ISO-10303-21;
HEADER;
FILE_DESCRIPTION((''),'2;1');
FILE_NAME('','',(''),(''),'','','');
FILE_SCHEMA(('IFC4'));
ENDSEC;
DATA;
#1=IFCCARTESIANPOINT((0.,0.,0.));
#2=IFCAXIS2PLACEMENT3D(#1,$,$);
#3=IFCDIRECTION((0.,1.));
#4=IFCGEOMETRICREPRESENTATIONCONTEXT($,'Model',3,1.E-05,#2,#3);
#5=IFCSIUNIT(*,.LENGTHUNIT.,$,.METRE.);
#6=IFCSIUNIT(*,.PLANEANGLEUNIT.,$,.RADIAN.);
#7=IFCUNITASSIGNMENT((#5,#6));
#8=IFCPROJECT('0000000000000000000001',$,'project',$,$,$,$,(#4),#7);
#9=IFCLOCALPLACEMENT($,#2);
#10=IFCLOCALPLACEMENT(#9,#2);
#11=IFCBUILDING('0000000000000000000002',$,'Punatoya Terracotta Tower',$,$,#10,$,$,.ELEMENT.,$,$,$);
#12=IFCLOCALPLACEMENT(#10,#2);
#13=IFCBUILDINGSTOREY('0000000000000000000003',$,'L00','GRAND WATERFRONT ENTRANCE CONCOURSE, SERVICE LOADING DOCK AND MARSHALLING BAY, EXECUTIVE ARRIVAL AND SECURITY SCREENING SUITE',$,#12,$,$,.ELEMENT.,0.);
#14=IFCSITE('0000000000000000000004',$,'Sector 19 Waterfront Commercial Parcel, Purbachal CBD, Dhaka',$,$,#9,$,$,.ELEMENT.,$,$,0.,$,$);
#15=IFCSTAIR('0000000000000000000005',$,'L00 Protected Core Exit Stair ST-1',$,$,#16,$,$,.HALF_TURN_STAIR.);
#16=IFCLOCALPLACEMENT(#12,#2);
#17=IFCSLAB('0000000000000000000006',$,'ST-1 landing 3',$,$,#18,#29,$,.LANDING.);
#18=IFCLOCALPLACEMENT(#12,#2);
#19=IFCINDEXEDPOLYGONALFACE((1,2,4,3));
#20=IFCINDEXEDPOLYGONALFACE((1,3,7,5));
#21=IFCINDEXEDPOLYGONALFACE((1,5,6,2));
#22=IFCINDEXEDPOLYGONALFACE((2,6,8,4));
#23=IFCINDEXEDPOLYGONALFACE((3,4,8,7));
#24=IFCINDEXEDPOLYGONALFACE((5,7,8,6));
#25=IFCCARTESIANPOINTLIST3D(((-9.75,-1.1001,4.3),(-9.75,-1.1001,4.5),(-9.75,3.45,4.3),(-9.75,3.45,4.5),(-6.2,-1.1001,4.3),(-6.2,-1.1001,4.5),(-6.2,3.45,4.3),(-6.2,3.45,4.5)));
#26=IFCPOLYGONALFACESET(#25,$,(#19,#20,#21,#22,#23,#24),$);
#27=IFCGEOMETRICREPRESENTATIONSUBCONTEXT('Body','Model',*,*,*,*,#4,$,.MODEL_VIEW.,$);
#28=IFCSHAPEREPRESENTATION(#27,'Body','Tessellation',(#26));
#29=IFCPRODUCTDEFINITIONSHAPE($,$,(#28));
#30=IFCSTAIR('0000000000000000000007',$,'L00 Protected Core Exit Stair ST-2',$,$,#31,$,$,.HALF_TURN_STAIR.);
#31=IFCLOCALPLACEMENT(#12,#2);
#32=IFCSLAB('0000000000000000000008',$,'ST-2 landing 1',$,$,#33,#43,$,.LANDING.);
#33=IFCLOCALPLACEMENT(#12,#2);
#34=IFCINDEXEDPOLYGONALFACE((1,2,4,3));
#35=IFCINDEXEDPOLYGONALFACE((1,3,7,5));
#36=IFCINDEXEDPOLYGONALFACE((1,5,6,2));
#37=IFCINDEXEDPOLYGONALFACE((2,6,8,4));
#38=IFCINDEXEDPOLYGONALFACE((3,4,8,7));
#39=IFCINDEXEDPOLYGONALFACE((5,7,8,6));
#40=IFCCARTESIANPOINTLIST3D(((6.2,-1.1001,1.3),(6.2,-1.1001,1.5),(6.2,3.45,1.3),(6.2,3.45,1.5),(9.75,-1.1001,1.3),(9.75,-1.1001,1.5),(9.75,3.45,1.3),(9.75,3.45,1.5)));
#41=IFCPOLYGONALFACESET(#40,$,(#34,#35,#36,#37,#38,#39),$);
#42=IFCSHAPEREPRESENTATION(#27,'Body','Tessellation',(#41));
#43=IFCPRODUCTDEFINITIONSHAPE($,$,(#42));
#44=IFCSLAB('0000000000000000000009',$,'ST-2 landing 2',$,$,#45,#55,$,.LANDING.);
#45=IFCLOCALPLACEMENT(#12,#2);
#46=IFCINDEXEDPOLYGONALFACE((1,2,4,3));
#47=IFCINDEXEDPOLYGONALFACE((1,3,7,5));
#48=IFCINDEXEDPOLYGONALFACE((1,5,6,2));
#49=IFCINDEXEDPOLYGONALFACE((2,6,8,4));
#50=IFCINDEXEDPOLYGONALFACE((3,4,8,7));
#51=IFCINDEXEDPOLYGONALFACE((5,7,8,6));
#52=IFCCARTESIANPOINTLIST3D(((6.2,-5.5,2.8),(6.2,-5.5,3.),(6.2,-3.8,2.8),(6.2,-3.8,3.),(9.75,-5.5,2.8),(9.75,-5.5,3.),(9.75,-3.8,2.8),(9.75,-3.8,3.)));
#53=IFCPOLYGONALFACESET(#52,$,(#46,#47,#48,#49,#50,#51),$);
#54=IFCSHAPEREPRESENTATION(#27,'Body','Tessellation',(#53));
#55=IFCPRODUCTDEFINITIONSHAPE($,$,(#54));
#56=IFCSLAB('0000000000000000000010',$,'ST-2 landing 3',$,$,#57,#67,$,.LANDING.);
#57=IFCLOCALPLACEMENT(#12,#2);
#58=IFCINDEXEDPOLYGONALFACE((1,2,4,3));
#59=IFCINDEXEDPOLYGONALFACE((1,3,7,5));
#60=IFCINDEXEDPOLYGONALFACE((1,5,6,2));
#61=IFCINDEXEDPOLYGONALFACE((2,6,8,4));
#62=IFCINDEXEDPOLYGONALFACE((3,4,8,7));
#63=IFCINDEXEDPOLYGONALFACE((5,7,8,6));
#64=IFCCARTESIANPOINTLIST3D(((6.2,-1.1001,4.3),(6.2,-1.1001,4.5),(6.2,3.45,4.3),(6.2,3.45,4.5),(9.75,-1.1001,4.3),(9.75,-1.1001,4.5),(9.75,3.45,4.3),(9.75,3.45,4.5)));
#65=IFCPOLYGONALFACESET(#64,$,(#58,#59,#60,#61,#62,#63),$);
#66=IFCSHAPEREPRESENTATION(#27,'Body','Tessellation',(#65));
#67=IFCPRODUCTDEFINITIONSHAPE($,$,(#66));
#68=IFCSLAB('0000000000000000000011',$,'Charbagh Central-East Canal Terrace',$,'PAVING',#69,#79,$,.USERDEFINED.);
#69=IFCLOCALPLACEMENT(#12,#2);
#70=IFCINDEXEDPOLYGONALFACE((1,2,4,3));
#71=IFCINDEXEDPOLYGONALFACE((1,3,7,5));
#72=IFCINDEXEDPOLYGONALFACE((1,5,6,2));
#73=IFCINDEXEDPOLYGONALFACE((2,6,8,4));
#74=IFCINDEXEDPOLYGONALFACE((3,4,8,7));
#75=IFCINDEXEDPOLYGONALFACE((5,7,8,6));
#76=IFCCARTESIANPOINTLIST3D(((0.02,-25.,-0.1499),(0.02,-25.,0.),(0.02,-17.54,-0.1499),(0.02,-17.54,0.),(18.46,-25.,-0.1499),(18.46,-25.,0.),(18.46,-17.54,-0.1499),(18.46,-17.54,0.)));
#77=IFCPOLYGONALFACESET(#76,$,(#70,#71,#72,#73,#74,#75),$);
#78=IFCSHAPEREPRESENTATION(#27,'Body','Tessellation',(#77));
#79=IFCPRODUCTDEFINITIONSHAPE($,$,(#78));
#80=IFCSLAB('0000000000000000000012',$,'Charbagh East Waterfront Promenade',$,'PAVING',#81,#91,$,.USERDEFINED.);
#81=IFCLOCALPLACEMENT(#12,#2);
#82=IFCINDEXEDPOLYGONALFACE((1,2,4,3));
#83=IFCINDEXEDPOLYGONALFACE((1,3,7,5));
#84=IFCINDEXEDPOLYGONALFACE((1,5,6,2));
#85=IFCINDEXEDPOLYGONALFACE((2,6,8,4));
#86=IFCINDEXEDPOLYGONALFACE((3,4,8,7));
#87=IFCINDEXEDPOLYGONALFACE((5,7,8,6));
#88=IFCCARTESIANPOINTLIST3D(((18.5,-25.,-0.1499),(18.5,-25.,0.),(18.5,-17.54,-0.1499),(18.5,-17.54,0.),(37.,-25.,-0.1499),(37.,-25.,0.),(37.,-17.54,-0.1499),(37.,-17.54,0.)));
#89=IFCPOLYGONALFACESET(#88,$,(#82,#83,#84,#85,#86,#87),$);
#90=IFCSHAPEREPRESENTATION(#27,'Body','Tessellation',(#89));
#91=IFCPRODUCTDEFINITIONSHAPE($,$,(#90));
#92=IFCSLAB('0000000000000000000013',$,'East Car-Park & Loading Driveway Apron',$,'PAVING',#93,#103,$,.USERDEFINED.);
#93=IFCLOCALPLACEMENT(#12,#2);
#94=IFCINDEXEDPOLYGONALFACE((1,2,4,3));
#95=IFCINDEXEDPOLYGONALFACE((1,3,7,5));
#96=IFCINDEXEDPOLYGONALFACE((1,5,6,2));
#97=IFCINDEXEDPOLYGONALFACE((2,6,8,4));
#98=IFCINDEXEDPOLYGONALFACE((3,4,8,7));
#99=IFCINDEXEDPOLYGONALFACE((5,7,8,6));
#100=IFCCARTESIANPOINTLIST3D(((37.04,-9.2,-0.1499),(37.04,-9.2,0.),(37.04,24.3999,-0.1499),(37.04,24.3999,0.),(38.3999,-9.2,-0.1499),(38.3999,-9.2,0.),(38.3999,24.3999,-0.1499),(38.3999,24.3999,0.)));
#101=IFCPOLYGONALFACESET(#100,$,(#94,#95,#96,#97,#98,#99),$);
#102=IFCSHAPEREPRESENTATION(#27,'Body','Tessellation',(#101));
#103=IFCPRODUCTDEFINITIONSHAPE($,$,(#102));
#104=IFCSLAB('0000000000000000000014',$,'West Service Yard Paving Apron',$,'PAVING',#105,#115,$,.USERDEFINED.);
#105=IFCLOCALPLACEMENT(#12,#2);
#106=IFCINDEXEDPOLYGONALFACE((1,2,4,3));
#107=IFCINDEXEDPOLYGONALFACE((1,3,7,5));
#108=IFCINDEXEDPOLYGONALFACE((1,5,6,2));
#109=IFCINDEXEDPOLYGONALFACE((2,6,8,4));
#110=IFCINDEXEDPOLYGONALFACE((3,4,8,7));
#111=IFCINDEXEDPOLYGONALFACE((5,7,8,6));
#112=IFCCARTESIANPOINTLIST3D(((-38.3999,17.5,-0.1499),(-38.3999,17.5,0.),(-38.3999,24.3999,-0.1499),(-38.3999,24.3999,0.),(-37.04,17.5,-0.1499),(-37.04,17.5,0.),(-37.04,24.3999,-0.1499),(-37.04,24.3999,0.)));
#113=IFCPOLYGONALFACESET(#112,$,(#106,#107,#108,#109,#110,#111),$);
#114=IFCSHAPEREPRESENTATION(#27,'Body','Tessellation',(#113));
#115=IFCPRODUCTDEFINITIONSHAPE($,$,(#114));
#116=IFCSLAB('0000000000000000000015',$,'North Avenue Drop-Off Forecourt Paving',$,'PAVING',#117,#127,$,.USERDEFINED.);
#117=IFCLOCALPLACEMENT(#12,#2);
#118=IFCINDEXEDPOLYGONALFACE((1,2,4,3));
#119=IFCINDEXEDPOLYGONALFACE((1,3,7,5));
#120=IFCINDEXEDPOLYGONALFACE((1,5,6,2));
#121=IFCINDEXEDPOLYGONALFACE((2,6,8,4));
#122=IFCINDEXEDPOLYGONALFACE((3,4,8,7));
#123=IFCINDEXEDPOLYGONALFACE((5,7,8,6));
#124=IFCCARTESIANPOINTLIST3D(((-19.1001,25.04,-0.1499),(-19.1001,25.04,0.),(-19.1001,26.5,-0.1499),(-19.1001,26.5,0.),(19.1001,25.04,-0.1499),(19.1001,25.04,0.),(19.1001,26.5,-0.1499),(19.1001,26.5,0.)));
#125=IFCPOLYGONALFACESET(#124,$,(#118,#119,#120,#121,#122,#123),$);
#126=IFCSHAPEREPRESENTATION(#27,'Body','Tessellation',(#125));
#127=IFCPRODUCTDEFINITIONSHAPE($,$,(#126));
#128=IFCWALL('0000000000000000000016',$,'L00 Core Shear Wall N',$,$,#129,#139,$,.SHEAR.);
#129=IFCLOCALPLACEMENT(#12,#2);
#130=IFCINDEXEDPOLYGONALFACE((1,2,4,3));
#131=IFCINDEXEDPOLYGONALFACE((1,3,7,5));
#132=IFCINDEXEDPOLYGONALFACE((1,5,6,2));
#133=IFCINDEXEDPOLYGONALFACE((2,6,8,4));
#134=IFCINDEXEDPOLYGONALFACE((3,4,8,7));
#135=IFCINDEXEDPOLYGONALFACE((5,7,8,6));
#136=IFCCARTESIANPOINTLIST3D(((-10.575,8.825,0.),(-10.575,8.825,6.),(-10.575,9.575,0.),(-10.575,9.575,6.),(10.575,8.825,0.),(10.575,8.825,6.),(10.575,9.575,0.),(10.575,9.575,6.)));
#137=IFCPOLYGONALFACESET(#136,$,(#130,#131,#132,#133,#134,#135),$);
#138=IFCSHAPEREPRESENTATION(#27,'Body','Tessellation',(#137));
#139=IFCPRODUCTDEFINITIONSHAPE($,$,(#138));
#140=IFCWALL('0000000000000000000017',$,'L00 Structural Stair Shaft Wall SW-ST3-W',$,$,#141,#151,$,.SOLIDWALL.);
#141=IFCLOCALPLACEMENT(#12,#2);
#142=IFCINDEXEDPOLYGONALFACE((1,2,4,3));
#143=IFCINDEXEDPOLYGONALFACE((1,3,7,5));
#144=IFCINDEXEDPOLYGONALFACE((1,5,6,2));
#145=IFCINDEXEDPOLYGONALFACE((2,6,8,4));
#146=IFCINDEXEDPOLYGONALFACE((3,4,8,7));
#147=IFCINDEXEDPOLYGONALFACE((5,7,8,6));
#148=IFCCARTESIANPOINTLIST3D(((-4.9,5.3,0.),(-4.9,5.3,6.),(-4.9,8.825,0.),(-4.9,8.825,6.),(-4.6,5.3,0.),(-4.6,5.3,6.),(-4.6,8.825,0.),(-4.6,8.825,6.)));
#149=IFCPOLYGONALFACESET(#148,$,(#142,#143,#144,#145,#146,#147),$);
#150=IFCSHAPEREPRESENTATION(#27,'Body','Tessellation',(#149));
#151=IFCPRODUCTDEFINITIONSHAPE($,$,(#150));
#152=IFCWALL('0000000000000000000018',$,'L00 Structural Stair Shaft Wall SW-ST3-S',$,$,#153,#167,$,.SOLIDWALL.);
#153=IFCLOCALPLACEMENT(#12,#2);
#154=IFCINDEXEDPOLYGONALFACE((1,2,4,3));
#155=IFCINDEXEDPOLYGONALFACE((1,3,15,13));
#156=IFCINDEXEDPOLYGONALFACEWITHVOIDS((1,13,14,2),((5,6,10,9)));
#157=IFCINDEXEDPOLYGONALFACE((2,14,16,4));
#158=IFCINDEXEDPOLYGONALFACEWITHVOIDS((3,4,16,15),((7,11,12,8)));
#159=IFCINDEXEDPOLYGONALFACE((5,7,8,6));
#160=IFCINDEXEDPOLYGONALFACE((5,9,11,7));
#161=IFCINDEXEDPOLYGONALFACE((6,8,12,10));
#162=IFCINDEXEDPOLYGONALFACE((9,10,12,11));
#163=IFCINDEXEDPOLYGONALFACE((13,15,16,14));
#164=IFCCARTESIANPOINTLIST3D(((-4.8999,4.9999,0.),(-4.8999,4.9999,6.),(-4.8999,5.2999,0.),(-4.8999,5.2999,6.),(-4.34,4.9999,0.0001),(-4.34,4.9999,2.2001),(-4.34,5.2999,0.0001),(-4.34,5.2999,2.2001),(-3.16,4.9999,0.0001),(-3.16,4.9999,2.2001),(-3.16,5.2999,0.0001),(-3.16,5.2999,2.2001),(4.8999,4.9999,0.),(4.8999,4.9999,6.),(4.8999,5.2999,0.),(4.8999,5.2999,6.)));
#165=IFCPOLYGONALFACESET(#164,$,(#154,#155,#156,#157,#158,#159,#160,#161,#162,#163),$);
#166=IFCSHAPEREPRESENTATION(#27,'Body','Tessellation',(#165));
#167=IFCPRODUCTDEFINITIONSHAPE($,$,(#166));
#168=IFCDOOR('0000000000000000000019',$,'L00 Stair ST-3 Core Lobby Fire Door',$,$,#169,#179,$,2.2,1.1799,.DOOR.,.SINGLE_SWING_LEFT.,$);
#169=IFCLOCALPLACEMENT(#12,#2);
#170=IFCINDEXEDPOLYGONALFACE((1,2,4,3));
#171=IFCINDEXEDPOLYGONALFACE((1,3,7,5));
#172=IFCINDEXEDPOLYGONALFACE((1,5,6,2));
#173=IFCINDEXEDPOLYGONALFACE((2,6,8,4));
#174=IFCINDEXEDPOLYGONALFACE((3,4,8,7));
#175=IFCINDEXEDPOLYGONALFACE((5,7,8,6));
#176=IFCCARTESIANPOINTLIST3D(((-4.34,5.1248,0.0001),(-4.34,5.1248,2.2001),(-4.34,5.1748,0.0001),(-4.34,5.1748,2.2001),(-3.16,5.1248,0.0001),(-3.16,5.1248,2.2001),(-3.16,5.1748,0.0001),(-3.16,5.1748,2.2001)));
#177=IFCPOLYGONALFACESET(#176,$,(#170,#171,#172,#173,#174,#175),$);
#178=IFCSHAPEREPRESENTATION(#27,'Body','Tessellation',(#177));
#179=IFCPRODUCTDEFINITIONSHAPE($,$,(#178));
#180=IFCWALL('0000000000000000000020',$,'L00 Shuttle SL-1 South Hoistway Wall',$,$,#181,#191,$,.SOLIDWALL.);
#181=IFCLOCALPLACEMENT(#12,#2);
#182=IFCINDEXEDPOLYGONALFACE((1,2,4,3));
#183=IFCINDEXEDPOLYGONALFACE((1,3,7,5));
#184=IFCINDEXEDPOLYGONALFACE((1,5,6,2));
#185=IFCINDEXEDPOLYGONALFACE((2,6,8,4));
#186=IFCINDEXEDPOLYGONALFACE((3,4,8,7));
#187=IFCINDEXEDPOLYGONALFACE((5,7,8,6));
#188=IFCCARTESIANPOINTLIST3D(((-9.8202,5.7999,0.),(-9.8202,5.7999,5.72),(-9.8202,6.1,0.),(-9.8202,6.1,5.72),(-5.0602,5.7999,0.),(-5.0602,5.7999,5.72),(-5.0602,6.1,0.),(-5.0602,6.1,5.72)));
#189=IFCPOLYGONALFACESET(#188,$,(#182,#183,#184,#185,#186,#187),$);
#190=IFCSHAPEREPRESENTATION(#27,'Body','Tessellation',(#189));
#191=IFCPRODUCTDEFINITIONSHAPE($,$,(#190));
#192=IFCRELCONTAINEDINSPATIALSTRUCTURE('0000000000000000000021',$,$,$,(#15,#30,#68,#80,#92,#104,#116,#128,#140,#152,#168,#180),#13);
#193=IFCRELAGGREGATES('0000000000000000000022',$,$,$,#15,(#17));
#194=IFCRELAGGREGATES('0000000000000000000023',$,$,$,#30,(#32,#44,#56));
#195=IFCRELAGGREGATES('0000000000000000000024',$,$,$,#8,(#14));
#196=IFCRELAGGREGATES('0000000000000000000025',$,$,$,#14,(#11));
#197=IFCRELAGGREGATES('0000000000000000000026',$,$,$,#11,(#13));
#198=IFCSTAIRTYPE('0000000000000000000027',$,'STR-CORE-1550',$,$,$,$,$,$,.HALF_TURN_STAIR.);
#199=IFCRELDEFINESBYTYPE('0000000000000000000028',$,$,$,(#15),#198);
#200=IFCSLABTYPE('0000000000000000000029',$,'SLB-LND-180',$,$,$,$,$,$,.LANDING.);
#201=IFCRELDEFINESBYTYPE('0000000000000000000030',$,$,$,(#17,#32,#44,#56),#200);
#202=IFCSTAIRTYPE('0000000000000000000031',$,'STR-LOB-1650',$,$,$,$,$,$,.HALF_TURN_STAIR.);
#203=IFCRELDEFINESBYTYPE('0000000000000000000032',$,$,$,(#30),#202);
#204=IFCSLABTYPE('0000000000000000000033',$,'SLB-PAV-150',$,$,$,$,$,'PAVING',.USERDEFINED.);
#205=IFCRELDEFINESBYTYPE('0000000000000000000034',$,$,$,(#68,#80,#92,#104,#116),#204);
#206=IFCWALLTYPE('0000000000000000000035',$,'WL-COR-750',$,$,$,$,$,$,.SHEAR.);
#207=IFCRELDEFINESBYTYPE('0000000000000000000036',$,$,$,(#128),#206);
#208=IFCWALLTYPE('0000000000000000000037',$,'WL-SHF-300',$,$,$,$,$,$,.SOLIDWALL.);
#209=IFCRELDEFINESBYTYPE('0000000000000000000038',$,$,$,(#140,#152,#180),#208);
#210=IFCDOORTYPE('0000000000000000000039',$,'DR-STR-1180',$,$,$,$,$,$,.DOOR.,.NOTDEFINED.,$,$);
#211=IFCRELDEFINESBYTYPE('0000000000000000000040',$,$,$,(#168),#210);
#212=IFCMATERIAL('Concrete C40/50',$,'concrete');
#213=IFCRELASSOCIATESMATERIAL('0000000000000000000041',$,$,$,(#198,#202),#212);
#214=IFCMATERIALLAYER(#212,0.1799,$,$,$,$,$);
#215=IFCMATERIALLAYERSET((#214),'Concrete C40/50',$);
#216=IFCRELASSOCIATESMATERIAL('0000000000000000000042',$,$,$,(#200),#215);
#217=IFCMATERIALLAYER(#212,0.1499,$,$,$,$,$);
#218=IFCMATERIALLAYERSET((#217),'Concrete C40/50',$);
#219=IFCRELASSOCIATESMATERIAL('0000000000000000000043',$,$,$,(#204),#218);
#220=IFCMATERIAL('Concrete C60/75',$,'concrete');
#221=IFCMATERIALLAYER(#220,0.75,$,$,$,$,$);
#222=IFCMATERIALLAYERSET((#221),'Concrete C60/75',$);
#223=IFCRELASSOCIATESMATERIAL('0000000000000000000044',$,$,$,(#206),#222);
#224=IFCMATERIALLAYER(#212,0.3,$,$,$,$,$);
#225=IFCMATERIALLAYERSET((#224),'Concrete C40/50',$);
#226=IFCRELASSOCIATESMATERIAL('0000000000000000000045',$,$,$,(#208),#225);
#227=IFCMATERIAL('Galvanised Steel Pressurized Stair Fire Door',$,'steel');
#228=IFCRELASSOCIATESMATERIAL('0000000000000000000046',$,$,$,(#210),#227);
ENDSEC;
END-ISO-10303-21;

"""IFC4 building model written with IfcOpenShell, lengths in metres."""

from ifc_helpers import new_model, si_unit, direction, frame, frame_2d, origin, place, context, subcontext, project, spatial, polyline, rectangle, outline, extrude, material, layer, layer_set, type_object, element, fill, aggregate, save


model = new_model("IFC4")

# Units and contexts
model_context = context("Model", 3, precision=1e-05, world=origin(), true_north=direction((0.0, 1.0)))
body_context = subcontext(model_context, "Body", "Model", "MODEL_VIEW")
ifc_project = project(units=[si_unit("LENGTHUNIT", "METRE"), si_unit("PLANEANGLEUNIT", "RADIAN")], contexts=[model_context])

# Site, building, storey
site_placement = place(None, origin())
site = spatial("IfcSite", under=ifc_project, at=site_placement, Name="Sector 19 Waterfront Commercial Parcel, Purbachal CBD, Dhaka", CompositionType="ELEMENT", RefElevation=0.0)
building_placement = place(site_placement, origin())
building = spatial("IfcBuilding", under=site, at=building_placement, Name="Punatoya Terracotta Tower", CompositionType="ELEMENT")
storey_placement = place(building_placement, origin())
storey = spatial("IfcBuildingStorey", under=building, at=storey_placement, Name="L00", Description="GRAND WATERFRONT ENTRANCE CONCOURSE, SERVICE LOADING DOCK AND MARSHALLING BAY, EXECUTIVE ARRIVAL AND SECURITY SCREENING SUITE", CompositionType="ELEMENT", Elevation=0.0)

# Shared definitions
ifc_material_1 = material(Name="Concrete C60/75", Category="concrete")

# Shared definitions
ifc_material_2 = material(Name="Concrete C40/50", Category="concrete")

# Stairs, slabs
stair_type_1 = type_object("IfcStairType", Name="STR-CORE-1550", PredefinedType="HALF_TURN_STAIR", material=ifc_material_2)
stair_1_placement = place(storey_placement, origin())
stair_1 = element("IfcStair", 1, at=stair_1_placement, inside=storey, type_object=stair_type_1, Name="L00 Protected Core Exit Stair ST-1", PredefinedType="HALF_TURN_STAIR")
ifc_layer_1 = layer(ifc_material_2, 0.1799)
ifc_layer_set_1 = layer_set([ifc_layer_1], Name="Concrete C40/50")
slab_type_1 = type_object("IfcSlabType", Name="SLB-LND-180", PredefinedType="LANDING", material=ifc_layer_set_1)
slab_1_placement = place(storey_placement, frame((0.0, 0.0, 4.3)))
slab_1 = element("IfcSlab", 2, at=slab_1_placement, type_object=slab_type_1, Name="ST-1 landing 3", PredefinedType="LANDING", context=body_context, shape_type="SweptSolid", body=[
    extrude(outline(polyline([(-6.2, -1.1001), (-6.2, 3.45), (-9.75, 3.45), (-9.75, -1.1001), (-6.2, -1.1001)])), origin(), (0.0, 0.0, 1.0), 0.2),
])
aggregate(stair_1, [slab_1])
stair_type_2 = type_object("IfcStairType", Name="STR-LOB-1650", PredefinedType="HALF_TURN_STAIR", material=ifc_material_2)
stair_2_placement = place(storey_placement, origin())
stair_2 = element("IfcStair", 3, at=stair_2_placement, inside=storey, type_object=stair_type_2, Name="L00 Protected Core Exit Stair ST-2", PredefinedType="HALF_TURN_STAIR")
slab_2_placement = place(storey_placement, frame((0.0, 0.0, 1.3)))
slab_2 = element("IfcSlab", 4, at=slab_2_placement, type_object=slab_type_1, Name="ST-2 landing 1", PredefinedType="LANDING", context=body_context, shape_type="SweptSolid", body=[
    extrude(outline(polyline([(9.75, -1.1001), (9.75, 3.45), (6.2, 3.45), (6.2, -1.1001), (9.75, -1.1001)])), origin(), (0.0, 0.0, 1.0), 0.2),
])
slab_3_placement = place(storey_placement, frame((0.0, 0.0, 2.8)))
slab_3 = element("IfcSlab", 5, at=slab_3_placement, type_object=slab_type_1, Name="ST-2 landing 2", PredefinedType="LANDING", context=body_context, shape_type="SweptSolid", body=[
    extrude(outline(polyline([(9.75, -5.5), (9.75, -3.8), (6.2, -3.8), (6.2, -5.5), (9.75, -5.5)])), origin(), (0.0, 0.0, 1.0), 0.2),
])
slab_4_placement = place(storey_placement, frame((0.0, 0.0, 4.3)))
slab_4 = element("IfcSlab", 6, at=slab_4_placement, type_object=slab_type_1, Name="ST-2 landing 3", PredefinedType="LANDING", context=body_context, shape_type="SweptSolid", body=[
    extrude(outline(polyline([(9.75, -1.1001), (9.75, 3.45), (6.2, 3.45), (6.2, -1.1001), (9.75, -1.1001)])), origin(), (0.0, 0.0, 1.0), 0.2),
])
aggregate(stair_2, [slab_2, slab_3, slab_4])

# Slabs
ifc_layer_2 = layer(ifc_material_2, 0.1499)
ifc_layer_set_2 = layer_set([ifc_layer_2], Name="Concrete C40/50")
slab_type_2 = type_object("IfcSlabType", Name="SLB-PAV-150", ElementType="PAVING", PredefinedType="USERDEFINED", material=ifc_layer_set_2)
slab_5_placement = place(storey_placement, frame((0.0, 0.0, -0.1499)))
element("IfcSlab", 7, at=slab_5_placement, inside=storey, type_object=slab_type_2, Name="Charbagh Central-East Canal Terrace", ObjectType="PAVING", PredefinedType="USERDEFINED", context=body_context, shape_type="SweptSolid", body=[
    extrude(outline(polyline([(0.02, -25.0), (18.46, -25.0), (18.46, -17.54), (0.02, -17.54), (0.02, -25.0)])), origin(), (0.0, 0.0, 1.0), 0.1499),
])
slab_6_placement = place(storey_placement, frame((0.0, 0.0, -0.1499)))
element("IfcSlab", 8, at=slab_6_placement, inside=storey, type_object=slab_type_2, Name="Charbagh East Waterfront Promenade", ObjectType="PAVING", PredefinedType="USERDEFINED", context=body_context, shape_type="SweptSolid", body=[
    extrude(outline(polyline([(18.5, -25.0), (37.0, -25.0), (37.0, -17.54), (18.5, -17.54), (18.5, -25.0)])), origin(), (0.0, 0.0, 1.0), 0.1499),
])
slab_7_placement = place(storey_placement, frame((0.0, 0.0, -0.1499)))
element("IfcSlab", 9, at=slab_7_placement, inside=storey, type_object=slab_type_2, Name="East Car-Park & Loading Driveway Apron", ObjectType="PAVING", PredefinedType="USERDEFINED", context=body_context, shape_type="SweptSolid", body=[
    extrude(outline(polyline([(37.04, -9.2), (38.3999, -9.2), (38.3999, 24.3999), (37.04, 24.3999), (37.04, -9.2)])), origin(), (0.0, 0.0, 1.0), 0.1499),
])
slab_8_placement = place(storey_placement, frame((0.0, 0.0, -0.1499)))
element("IfcSlab", 10, at=slab_8_placement, inside=storey, type_object=slab_type_2, Name="West Service Yard Paving Apron", ObjectType="PAVING", PredefinedType="USERDEFINED", context=body_context, shape_type="SweptSolid", body=[
    extrude(outline(polyline([(-38.3999, 17.5), (-37.04, 17.5), (-37.04, 24.3999), (-38.3999, 24.3999), (-38.3999, 17.5)])), origin(), (0.0, 0.0, 1.0), 0.1499),
])
slab_9_placement = place(storey_placement, frame((0.0, 0.0, -0.1499)))
element("IfcSlab", 11, at=slab_9_placement, inside=storey, type_object=slab_type_2, Name="North Avenue Drop-Off Forecourt Paving", ObjectType="PAVING", PredefinedType="USERDEFINED", context=body_context, shape_type="SweptSolid", body=[
    extrude(outline(polyline([(-19.1001, 25.04), (19.1001, 25.04), (19.1001, 26.5), (-19.1001, 26.5), (-19.1001, 25.04)])), origin(), (0.0, 0.0, 1.0), 0.1499),
])

# Walls
ifc_layer_3 = layer(ifc_material_1, 0.75)
ifc_layer_set_3 = layer_set([ifc_layer_3], Name="Concrete C60/75")
wall_type_1 = type_object("IfcWallType", Name="WL-COR-750", PredefinedType="SHEAR", material=ifc_layer_set_3)
wall_1_placement = place(storey_placement, frame((-10.575, 9.2, 0.0), z_axis=(0.0, 0.0, 1.0), x_axis=(1.0, 0.0, 0.0)))
element("IfcWall", 12, at=wall_1_placement, inside=storey, type_object=wall_type_1, Name="L00 Core Shear Wall N", PredefinedType="SHEAR", context=body_context, shape_type="SweptSolid", body=[
    extrude(rectangle(XDim=21.1499, YDim=0.75, at=frame_2d((10.575, 0.0))), origin(), (0.0, 0.0, 1.0), 6.0),
])
ifc_layer_4 = layer(ifc_material_2, 0.3)
ifc_layer_set_4 = layer_set([ifc_layer_4], Name="Concrete C40/50")
wall_type_2 = type_object("IfcWallType", Name="WL-SHF-300", PredefinedType="SOLIDWALL", material=ifc_layer_set_4)
wall_2_placement = place(storey_placement, frame((-4.75, 5.3, 0.0), z_axis=(0.0, 0.0, 1.0), x_axis=(0.0, 1.0, 0.0)))
element("IfcWall", 13, at=wall_2_placement, inside=storey, type_object=wall_type_2, Name="L00 Structural Stair Shaft Wall SW-ST3-W", PredefinedType="SOLIDWALL", context=body_context, shape_type="SweptSolid", body=[
    extrude(rectangle(XDim=3.5249, YDim=0.3, at=frame_2d((1.7625, 0.0))), origin(), (0.0, 0.0, 1.0), 6.0),
])

# Wall, opening, door
wall_3_placement = place(storey_placement, frame((-4.8999, 5.1499, 0.0), z_axis=(0.0, 0.0, 1.0), x_axis=(1.0, 0.0, 0.0)))
wall_3 = element("IfcWall", 14, at=wall_3_placement, inside=storey, type_object=wall_type_2, Name="L00 Structural Stair Shaft Wall SW-ST3-S", PredefinedType="SOLIDWALL", context=body_context, shape_type="SweptSolid", body=[
    extrude(rectangle(XDim=9.7998, YDim=0.3, at=frame_2d((4.8999, 0.0))), origin(), (0.0, 0.0, 1.0), 6.0),
])
opening_placement = place(wall_3_placement, frame((0.5601, 0.0, 0.0)))
opening = element("IfcOpeningElement", 15, at=opening_placement, cuts=wall_3, PredefinedType="OPENING", context=body_context, shape_type="SweptSolid", body=[
    extrude(rectangle(XDim=1.1799, YDim=2.2, at=frame_2d((0.5898, 1.1001))), frame((0.0, 0.1599, 0.0), z_axis=(0.0, -1.0, 0.0), x_axis=(1.0, 0.0, 0.0)), (0.0, 0.0, 1.0), 0.3201),
])
ifc_material_3 = material(Name="Galvanised Steel Pressurized Stair Fire Door", Category="steel")
door_type = type_object("IfcDoorType", Name="DR-STR-1180", OperationType="NOTDEFINED", PredefinedType="DOOR", material=ifc_material_3)
door_placement = place(opening_placement, origin())
door = element("IfcDoor", 16, at=door_placement, inside=storey, type_object=door_type, Name="L00 Stair ST-3 Core Lobby Fire Door", OperationType="SINGLE_SWING_LEFT", OverallHeight=2.2, OverallWidth=1.1799, PredefinedType="DOOR", context=body_context, shape_type="SweptSolid", body=[
    extrude(rectangle(XDim=1.1799, YDim=2.2, at=frame_2d((0.5898, 1.1001))), frame((0.0, 0.0249, 0.0), z_axis=(0.0, -1.0, 0.0), x_axis=(1.0, 0.0, 0.0)), (0.0, 0.0, 1.0), 0.05),
])
fill(opening, door)

# Wall
wall_4_placement = place(storey_placement, frame((-9.8201, 5.95, 0.0), z_axis=(0.0, 0.0, 1.0), x_axis=(1.0, 0.0, 0.0)))
element("IfcWall", 17, at=wall_4_placement, inside=storey, type_object=wall_type_2, Name="L00 Shuttle SL-1 South Hoistway Wall", PredefinedType="SOLIDWALL", context=body_context, shape_type="SweptSolid", body=[
    extrude(rectangle(XDim=4.76, YDim=0.3, at=frame_2d((2.3799, 0.0))), origin(), (0.0, 0.0, 1.0), 5.72),
])

save(model, "model.ifc")
